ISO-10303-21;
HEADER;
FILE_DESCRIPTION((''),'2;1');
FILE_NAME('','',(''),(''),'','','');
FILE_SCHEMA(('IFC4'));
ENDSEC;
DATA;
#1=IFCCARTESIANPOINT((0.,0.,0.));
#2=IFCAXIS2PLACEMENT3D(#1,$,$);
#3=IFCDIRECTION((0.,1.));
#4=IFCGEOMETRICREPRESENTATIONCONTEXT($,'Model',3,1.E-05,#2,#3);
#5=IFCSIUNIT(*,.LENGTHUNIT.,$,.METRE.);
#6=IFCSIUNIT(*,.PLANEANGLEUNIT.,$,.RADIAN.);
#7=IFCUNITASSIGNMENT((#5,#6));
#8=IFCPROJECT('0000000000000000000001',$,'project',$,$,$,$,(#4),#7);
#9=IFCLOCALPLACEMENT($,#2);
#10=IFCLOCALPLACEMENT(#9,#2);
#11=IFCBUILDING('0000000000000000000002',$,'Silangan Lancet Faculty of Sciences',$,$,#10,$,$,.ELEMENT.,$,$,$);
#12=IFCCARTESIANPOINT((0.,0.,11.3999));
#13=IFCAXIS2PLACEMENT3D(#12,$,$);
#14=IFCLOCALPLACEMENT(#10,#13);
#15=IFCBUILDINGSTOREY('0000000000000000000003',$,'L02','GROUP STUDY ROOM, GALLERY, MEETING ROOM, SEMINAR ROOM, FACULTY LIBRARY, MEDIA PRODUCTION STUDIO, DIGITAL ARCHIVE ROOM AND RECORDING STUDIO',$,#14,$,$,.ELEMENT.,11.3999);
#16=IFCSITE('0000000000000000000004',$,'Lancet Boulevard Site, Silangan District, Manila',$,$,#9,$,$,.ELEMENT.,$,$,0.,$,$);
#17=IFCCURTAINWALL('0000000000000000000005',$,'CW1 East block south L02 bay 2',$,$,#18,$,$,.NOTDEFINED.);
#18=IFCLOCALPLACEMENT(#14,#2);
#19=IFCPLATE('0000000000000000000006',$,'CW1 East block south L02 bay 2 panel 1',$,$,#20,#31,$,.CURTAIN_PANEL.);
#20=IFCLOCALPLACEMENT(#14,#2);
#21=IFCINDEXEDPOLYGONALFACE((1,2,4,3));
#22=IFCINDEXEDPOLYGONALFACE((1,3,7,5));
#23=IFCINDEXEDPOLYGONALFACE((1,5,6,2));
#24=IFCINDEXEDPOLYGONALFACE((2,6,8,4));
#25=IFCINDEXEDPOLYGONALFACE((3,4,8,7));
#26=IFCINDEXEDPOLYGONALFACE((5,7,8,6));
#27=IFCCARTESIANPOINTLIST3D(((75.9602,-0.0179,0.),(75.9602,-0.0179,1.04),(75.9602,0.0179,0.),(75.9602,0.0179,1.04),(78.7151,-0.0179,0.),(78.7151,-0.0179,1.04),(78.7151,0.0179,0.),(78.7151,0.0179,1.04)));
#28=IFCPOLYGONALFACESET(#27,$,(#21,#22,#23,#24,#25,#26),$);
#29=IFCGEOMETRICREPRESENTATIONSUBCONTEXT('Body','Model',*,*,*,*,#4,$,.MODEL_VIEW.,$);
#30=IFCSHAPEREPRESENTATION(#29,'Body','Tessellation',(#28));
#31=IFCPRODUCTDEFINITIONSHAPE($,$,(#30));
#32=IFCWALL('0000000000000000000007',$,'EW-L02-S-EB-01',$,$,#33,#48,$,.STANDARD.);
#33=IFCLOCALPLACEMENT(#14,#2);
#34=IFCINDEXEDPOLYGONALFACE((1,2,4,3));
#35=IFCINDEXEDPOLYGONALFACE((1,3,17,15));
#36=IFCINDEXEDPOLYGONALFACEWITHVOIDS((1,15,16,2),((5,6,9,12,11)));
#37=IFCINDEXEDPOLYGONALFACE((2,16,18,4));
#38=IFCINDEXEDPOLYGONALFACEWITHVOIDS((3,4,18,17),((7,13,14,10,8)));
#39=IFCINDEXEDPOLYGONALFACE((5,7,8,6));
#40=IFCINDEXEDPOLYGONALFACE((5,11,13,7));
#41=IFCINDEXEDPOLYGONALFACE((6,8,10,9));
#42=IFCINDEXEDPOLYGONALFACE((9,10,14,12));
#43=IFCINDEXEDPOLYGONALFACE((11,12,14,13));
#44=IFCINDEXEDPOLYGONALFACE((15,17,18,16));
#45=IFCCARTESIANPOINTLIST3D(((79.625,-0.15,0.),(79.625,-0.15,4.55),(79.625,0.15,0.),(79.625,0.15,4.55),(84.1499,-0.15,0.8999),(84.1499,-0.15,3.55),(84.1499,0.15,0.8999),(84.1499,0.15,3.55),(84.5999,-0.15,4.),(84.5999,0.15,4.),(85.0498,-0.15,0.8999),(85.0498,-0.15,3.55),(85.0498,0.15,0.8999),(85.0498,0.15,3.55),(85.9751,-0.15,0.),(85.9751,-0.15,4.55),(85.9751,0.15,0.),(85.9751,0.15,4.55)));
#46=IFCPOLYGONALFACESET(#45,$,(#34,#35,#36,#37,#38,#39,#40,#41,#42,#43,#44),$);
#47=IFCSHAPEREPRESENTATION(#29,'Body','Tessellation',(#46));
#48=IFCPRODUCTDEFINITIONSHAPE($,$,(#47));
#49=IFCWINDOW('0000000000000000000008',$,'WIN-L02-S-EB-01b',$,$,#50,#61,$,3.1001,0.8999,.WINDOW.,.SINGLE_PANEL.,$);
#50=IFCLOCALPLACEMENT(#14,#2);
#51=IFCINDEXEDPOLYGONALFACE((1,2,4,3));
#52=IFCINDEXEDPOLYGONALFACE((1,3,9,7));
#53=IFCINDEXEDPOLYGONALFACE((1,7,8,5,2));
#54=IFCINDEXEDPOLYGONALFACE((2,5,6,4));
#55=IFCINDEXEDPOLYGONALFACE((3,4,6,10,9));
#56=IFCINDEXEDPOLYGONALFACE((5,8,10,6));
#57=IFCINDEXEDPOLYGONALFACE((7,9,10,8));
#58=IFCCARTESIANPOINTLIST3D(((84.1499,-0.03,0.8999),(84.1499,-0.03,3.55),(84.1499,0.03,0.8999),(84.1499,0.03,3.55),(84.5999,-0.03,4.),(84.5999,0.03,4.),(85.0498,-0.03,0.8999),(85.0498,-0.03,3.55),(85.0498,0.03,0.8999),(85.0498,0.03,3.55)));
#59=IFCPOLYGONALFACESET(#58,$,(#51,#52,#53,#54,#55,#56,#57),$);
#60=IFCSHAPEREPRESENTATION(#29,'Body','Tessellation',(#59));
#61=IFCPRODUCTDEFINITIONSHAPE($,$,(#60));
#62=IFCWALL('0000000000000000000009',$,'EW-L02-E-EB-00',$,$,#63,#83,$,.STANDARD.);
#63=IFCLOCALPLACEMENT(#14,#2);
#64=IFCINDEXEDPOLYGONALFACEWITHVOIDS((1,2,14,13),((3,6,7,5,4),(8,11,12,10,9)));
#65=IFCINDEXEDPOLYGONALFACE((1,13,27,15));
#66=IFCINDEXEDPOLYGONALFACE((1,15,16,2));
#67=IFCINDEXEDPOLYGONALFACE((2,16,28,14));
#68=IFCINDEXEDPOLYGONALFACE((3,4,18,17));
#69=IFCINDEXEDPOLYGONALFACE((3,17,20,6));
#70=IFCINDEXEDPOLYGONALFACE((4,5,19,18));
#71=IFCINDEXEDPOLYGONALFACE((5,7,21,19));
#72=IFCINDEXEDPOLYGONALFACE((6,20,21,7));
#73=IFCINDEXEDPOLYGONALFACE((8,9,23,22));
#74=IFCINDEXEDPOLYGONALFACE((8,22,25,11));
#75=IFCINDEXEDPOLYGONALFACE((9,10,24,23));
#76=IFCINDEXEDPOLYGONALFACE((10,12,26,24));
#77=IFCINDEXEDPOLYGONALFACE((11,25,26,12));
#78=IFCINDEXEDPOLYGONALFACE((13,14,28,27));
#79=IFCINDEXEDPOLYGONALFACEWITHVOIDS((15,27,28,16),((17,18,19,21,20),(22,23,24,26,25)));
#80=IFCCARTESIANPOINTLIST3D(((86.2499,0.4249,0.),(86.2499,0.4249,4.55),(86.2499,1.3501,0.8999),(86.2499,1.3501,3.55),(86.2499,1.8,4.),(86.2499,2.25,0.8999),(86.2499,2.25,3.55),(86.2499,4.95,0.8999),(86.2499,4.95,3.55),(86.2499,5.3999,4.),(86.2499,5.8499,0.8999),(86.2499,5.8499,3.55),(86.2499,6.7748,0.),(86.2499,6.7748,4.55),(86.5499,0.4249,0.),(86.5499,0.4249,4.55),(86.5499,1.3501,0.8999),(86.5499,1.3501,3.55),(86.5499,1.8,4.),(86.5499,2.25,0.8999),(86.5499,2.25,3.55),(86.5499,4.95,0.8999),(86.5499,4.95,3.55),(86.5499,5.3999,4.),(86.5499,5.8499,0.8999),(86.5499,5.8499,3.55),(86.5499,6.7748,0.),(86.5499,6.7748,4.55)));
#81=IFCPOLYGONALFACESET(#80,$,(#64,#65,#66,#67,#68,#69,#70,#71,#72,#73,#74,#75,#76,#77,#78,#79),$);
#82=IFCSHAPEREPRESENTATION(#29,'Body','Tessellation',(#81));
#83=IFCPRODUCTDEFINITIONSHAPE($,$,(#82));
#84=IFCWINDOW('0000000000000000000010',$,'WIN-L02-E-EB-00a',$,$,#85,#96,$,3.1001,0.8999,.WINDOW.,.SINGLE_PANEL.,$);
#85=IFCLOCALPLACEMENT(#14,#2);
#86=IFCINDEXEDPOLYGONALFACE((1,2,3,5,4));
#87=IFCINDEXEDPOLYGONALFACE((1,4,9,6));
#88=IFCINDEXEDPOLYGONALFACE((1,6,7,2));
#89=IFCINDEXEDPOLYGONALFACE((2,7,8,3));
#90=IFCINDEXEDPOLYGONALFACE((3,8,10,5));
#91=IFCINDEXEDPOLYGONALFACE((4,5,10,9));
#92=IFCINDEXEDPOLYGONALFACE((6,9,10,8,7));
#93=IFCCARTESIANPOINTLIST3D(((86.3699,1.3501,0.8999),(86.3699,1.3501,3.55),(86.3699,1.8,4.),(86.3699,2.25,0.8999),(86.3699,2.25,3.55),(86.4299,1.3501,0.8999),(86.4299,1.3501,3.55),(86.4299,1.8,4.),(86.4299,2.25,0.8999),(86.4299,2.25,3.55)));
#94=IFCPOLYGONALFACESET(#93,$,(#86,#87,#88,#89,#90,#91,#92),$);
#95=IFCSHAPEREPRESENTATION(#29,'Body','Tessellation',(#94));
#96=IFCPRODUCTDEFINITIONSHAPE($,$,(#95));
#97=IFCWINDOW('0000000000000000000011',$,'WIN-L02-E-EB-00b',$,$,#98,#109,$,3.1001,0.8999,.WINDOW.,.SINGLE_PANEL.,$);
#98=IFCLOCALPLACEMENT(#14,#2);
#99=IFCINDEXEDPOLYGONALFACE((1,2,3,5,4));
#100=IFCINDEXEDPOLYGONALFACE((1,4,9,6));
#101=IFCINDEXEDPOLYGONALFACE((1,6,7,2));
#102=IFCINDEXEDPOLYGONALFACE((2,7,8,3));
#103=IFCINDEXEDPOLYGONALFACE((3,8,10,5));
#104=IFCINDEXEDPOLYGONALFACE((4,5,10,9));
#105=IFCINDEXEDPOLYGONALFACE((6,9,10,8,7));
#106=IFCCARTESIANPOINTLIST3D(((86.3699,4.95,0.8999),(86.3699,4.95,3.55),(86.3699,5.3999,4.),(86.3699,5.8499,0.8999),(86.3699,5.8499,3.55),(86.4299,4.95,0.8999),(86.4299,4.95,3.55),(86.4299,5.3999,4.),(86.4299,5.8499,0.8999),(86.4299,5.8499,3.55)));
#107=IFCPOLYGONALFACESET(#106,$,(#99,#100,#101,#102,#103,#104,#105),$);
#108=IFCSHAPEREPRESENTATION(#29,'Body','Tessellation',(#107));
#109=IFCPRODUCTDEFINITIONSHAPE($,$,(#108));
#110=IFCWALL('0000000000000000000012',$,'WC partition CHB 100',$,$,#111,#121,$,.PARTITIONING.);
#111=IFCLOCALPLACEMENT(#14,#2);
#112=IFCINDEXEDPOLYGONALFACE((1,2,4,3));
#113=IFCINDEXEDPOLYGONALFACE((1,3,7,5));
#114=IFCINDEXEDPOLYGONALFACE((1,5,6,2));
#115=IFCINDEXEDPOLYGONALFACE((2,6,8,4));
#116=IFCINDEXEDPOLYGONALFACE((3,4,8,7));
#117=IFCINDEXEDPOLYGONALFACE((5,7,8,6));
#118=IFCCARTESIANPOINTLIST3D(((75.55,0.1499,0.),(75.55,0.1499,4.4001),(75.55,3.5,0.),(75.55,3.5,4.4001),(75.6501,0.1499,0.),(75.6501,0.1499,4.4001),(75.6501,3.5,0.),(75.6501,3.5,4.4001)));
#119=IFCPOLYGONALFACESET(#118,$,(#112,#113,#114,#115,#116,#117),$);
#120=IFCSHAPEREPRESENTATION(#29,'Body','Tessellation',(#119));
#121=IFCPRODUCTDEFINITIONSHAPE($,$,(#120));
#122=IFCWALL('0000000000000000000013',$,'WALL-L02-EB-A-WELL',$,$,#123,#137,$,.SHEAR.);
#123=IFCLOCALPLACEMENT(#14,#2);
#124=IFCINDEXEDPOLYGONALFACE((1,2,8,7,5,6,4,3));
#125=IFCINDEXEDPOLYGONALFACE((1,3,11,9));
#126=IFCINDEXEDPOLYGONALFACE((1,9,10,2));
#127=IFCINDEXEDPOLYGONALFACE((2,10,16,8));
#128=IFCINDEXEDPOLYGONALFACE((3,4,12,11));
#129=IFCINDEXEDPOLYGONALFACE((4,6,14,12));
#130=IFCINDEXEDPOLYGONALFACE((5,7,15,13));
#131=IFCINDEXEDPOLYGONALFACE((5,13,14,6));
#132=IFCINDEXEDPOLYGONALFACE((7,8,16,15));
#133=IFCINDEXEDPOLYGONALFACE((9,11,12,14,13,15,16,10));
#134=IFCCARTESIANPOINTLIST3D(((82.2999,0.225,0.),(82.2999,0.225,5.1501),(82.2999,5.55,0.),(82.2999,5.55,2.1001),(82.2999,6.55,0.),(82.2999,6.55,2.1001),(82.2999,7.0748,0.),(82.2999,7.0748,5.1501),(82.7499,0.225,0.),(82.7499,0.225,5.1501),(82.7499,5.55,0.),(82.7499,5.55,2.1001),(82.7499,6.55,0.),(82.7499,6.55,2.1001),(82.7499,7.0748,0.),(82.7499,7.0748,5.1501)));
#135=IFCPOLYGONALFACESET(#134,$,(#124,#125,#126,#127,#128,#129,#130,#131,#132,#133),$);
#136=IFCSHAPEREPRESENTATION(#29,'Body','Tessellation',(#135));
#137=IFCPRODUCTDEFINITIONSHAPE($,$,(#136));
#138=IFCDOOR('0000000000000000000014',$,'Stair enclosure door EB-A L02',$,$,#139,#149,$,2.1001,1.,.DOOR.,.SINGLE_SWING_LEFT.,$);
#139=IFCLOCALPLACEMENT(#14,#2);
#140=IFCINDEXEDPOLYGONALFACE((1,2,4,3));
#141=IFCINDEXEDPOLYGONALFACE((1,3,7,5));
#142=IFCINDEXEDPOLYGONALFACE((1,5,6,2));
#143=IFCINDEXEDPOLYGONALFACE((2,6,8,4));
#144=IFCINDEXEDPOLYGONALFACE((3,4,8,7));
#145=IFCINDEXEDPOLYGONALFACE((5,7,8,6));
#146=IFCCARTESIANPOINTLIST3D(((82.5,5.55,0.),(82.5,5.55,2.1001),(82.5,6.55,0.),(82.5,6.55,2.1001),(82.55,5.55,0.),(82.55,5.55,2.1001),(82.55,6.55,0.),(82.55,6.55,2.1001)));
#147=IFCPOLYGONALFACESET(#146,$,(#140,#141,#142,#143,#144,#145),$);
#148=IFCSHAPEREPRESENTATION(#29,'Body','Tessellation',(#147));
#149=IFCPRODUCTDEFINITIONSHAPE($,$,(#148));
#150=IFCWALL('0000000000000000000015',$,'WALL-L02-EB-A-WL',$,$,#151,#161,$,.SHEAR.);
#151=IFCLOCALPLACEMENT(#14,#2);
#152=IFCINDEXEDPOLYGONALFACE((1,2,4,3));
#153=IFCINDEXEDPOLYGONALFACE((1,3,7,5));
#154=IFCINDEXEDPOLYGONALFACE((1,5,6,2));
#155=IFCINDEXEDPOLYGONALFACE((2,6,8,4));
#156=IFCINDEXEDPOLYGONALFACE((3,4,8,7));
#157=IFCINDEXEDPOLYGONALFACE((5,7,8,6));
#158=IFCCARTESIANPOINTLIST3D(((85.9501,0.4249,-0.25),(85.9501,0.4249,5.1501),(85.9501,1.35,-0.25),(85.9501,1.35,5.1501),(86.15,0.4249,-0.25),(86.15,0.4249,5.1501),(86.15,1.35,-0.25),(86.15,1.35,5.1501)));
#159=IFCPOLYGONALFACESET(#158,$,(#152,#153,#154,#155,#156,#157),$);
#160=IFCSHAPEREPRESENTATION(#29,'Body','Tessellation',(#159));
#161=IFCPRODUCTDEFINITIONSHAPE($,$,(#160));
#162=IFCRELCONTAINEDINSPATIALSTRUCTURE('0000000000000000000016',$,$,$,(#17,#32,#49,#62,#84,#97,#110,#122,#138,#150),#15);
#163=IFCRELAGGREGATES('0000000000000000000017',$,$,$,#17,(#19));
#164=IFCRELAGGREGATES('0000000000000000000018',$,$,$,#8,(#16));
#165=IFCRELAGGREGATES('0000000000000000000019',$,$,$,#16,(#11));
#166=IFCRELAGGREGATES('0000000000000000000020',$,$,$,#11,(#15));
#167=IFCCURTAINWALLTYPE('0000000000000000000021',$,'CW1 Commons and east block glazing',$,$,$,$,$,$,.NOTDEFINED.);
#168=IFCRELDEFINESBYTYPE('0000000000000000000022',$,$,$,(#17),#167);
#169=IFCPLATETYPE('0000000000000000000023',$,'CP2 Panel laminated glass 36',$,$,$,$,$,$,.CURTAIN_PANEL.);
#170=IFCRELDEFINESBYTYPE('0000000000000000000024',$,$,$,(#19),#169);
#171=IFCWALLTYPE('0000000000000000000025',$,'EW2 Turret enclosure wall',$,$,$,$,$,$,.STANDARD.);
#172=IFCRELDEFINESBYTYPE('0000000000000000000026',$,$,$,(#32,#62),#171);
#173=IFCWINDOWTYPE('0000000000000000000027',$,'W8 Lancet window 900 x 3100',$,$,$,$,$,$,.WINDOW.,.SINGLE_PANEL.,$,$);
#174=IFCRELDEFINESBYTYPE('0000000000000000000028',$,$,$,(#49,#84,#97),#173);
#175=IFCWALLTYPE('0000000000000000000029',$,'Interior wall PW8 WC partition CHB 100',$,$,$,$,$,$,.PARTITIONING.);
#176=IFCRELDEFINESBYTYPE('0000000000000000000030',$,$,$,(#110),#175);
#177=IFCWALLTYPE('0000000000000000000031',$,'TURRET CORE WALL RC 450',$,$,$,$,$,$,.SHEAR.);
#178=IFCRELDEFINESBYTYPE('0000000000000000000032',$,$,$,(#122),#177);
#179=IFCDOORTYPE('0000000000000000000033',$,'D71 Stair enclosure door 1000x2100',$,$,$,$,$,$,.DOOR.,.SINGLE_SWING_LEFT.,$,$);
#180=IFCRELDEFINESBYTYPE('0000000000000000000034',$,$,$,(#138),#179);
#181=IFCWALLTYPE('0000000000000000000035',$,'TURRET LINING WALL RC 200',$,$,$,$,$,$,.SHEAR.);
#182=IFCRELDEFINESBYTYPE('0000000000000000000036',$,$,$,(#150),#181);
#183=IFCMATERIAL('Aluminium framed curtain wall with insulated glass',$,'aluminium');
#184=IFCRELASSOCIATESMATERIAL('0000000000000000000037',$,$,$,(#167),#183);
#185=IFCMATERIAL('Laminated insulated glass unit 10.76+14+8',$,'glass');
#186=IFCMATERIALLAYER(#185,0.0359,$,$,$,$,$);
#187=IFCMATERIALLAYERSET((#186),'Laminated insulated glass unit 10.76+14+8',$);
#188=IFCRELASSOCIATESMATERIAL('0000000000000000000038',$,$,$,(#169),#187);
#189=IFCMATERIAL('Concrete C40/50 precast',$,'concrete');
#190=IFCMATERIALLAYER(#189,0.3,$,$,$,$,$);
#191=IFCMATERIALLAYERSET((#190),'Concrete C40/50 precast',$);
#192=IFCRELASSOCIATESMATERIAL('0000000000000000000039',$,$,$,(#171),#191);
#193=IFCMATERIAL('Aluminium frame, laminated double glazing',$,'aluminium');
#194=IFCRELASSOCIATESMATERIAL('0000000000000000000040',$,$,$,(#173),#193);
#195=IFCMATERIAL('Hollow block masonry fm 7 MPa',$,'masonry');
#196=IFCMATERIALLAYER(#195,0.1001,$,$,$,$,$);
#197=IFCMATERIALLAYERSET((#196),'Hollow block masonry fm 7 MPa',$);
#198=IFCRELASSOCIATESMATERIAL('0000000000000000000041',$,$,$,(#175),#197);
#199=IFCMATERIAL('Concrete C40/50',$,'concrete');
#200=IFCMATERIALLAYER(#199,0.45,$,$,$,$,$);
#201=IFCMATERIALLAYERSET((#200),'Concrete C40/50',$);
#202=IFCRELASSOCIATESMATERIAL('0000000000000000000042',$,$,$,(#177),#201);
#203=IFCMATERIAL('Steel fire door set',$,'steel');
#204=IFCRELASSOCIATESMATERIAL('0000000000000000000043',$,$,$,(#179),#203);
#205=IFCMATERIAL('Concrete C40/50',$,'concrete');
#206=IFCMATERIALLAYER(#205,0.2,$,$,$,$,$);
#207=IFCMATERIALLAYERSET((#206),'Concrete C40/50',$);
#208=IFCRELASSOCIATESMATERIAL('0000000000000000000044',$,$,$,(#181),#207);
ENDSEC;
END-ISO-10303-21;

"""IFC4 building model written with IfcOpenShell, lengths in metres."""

from ifc_helpers import new_model, si_unit, direction, frame, frame_2d, origin, origin_2d, place, context, subcontext, project, spatial, polyline, rectangle, outline, extrude, material, layer, layer_set, type_object, element, fill, aggregate, save


model = new_model("IFC4")

# Units and contexts
model_context = context("Model", 3, precision=1e-05, world=origin(), true_north=direction((0.0, 1.0)))
body_context = subcontext(model_context, "Body", "Model", "MODEL_VIEW")
ifc_project = project(units=[si_unit("LENGTHUNIT", "METRE"), si_unit("PLANEANGLEUNIT", "RADIAN")], contexts=[model_context])

# Site, building, storey
site_placement = place(None, origin())
site = spatial("IfcSite", under=ifc_project, at=site_placement, Name="Lancet Boulevard Site, Silangan District, Manila", CompositionType="ELEMENT", RefElevation=0.0)
building_placement = place(site_placement, origin())
building = spatial("IfcBuilding", under=site, at=building_placement, Name="Silangan Lancet Faculty of Sciences", CompositionType="ELEMENT")
storey_placement = place(building_placement, frame((0.0, 0.0, 11.3999)))
storey = spatial("IfcBuildingStorey", under=building, at=storey_placement, Name="L02", Description="GROUP STUDY ROOM, GALLERY, MEETING ROOM, SEMINAR ROOM, FACULTY LIBRARY, MEDIA PRODUCTION STUDIO, DIGITAL ARCHIVE ROOM AND RECORDING STUDIO", CompositionType="ELEMENT", Elevation=11.3999)

# Shared definitions
ifc_material_1 = material(Name="Aluminium framed curtain wall with insulated glass", Category="aluminium")
curtain_wall_type = type_object("IfcCurtainWallType", Name="CW1 Commons and east block glazing", PredefinedType="NOTDEFINED", material=ifc_material_1)

# Curtain wall, plate
curtain_wall_1_placement = place(storey_placement, origin())
curtain_wall_1 = element("IfcCurtainWall", 1, at=curtain_wall_1_placement, inside=storey, type_object=curtain_wall_type, Name="CW1 East block south L02 bay 2", PredefinedType="NOTDEFINED")
ifc_material_2 = material(Name="Laminated insulated glass unit 10.76+14+8", Category="glass")
ifc_layer_1 = layer(ifc_material_2, 0.0359)
ifc_layer_set_1 = layer_set([ifc_layer_1], Name="Laminated insulated glass unit 10.76+14+8")
plate_type_1 = type_object("IfcPlateType", Name="CP2 Panel laminated glass 36", PredefinedType="CURTAIN_PANEL", material=ifc_layer_set_1)
plate_1_placement = place(storey_placement, frame((77.3376, 0.0, 0.0), z_axis=(0.0, 0.0, 1.0), x_axis=(1.0, 0.0, 0.0)))
plate_1 = element("IfcPlate", 2, at=plate_1_placement, type_object=plate_type_1, Name="CW1 East block south L02 bay 2 panel 1", PredefinedType="CURTAIN_PANEL", context=body_context, shape_type="SweptSolid", body=[
    extrude(rectangle(XDim=2.7549, YDim=0.0359, at=origin_2d()), origin(), (0.0, 0.0, 1.0), 1.04),
])
aggregate(curtain_wall_1, [plate_1])

# Wall, opening, window
ifc_material_3 = material(Name="Concrete C40/50 precast", Category="concrete")
ifc_layer_2 = layer(ifc_material_3, 0.3)
ifc_layer_set_2 = layer_set([ifc_layer_2], Name="Concrete C40/50 precast")
wall_type_1 = type_object("IfcWallType", Name="EW2 Turret enclosure wall", PredefinedType="STANDARD", material=ifc_layer_set_2)
wall_1_placement = place(storey_placement, frame((79.625, 0.0, 0.0), z_axis=(0.0, 0.0, 1.0), x_axis=(1.0, 0.0, 0.0)))
wall_1 = element("IfcWall", 3, at=wall_1_placement, inside=storey, type_object=wall_type_1, Name="EW-L02-S-EB-01", PredefinedType="STANDARD", context=body_context, shape_type="SweptSolid", body=[
    extrude(rectangle(XDim=6.3501, YDim=0.3, at=frame_2d((3.175, 0.0))), origin(), (0.0, 0.0, 1.0), 4.55),
])
opening_1_placement = place(wall_1_placement, frame((4.5249, 0.0, 0.8999)))
opening_1 = element("IfcOpeningElement", 4, at=opening_1_placement, cuts=wall_1, PredefinedType="OPENING", context=body_context, shape_type="SweptSolid", body=[
    extrude(outline(polyline([(0.0, 0.0), (0.8999, 0.0), (0.8999, 2.6501), (0.45, 3.1001), (0.0, 2.6501), (0.0, 0.0)])), frame((0.0, 0.1599, 0.0), z_axis=(0.0, -1.0, 0.0), x_axis=(1.0, 0.0, 0.0)), (0.0, 0.0, 1.0), 0.3201),
])
ifc_material_4 = material(Name="Aluminium frame, laminated double glazing", Category="aluminium")
window_type = type_object("IfcWindowType", Name="W8 Lancet window 900 x 3100", PartitioningType="SINGLE_PANEL", PredefinedType="WINDOW", material=ifc_material_4)
window_1_placement = place(opening_1_placement, origin())
window_1 = element("IfcWindow", 5, at=window_1_placement, inside=storey, type_object=window_type, Name="WIN-L02-S-EB-01b", OverallHeight=3.1001, OverallWidth=0.8999, PartitioningType="SINGLE_PANEL", PredefinedType="WINDOW", context=body_context, shape_type="SweptSolid", body=[
    extrude(outline(polyline([(0.0, 0.0), (0.8999, 0.0), (0.8999, 2.6501), (0.45, 3.1001), (0.0, 2.6501), (0.0, 0.0)])), frame((0.0, 0.03, 0.0), z_axis=(0.0, -1.0, 0.0), x_axis=(1.0, 0.0, 0.0)), (0.0, 0.0, 1.0), 0.0601),
])
fill(opening_1, window_1)

# Wall, openings, windows
wall_2_placement = place(storey_placement, frame((86.3999, 0.425, 0.0), z_axis=(0.0, 0.0, 1.0), x_axis=(0.0, 1.0, 0.0)))
wall_2 = element("IfcWall", 6, at=wall_2_placement, inside=storey, type_object=wall_type_1, Name="EW-L02-E-EB-00", PredefinedType="STANDARD", context=body_context, shape_type="SweptSolid", body=[
    extrude(rectangle(XDim=6.3499, YDim=0.3, at=frame_2d((3.1748, 0.0))), origin(), (0.0, 0.0, 1.0), 4.55),
])
opening_2_placement = place(wall_2_placement, frame((0.925, 0.0, 0.8999)))
opening_2 = element("IfcOpeningElement", 7, at=opening_2_placement, cuts=wall_2, PredefinedType="OPENING", context=body_context, shape_type="SweptSolid", body=[
    extrude(outline(polyline([(0.0, 0.0), (0.8999, 0.0), (0.8999, 2.6501), (0.45, 3.1001), (0.0, 2.6501), (0.0, 0.0)])), frame((0.0, 0.1599, 0.0), z_axis=(0.0, -1.0, 0.0), x_axis=(1.0, 0.0, 0.0)), (0.0, 0.0, 1.0), 0.3201),
])
opening_3_placement = place(wall_2_placement, frame((4.5249, 0.0, 0.8999)))
opening_3 = element("IfcOpeningElement", 8, at=opening_3_placement, cuts=wall_2, PredefinedType="OPENING", context=body_context, shape_type="SweptSolid", body=[
    extrude(outline(polyline([(0.0, 0.0), (0.8999, 0.0), (0.8999, 2.6501), (0.45, 3.1001), (0.0, 2.6501), (0.0, 0.0)])), frame((0.0, 0.1599, 0.0), z_axis=(0.0, -1.0, 0.0), x_axis=(1.0, 0.0, 0.0)), (0.0, 0.0, 1.0), 0.3201),
])
window_2_placement = place(opening_2_placement, origin())
window_2 = element("IfcWindow", 9, at=window_2_placement, inside=storey, type_object=window_type, Name="WIN-L02-E-EB-00a", OverallHeight=3.1001, OverallWidth=0.8999, PartitioningType="SINGLE_PANEL", PredefinedType="WINDOW", context=body_context, shape_type="SweptSolid", body=[
    extrude(outline(polyline([(0.0, 0.0), (0.8999, 0.0), (0.8999, 2.6501), (0.45, 3.1001), (0.0, 2.6501), (0.0, 0.0)])), frame((0.0, 0.03, 0.0), z_axis=(0.0, -1.0, 0.0), x_axis=(1.0, 0.0, 0.0)), (0.0, 0.0, 1.0), 0.0601),
])
fill(opening_2, window_2)
window_3_placement = place(opening_3_placement, origin())
window_3 = element("IfcWindow", 10, at=window_3_placement, inside=storey, type_object=window_type, Name="WIN-L02-E-EB-00b", OverallHeight=3.1001, OverallWidth=0.8999, PartitioningType="SINGLE_PANEL", PredefinedType="WINDOW", context=body_context, shape_type="SweptSolid", body=[
    extrude(outline(polyline([(0.0, 0.0), (0.8999, 0.0), (0.8999, 2.6501), (0.45, 3.1001), (0.0, 2.6501), (0.0, 0.0)])), frame((0.0, 0.03, 0.0), z_axis=(0.0, -1.0, 0.0), x_axis=(1.0, 0.0, 0.0)), (0.0, 0.0, 1.0), 0.0601),
])
fill(opening_3, window_3)

# Wall
ifc_material_5 = material(Name="Hollow block masonry fm 7 MPa", Category="masonry")
ifc_layer_3 = layer(ifc_material_5, 0.1001)
ifc_layer_set_3 = layer_set([ifc_layer_3], Name="Hollow block masonry fm 7 MPa")
wall_type_2 = type_object("IfcWallType", Name="Interior wall PW8 WC partition CHB 100", PredefinedType="PARTITIONING", material=ifc_layer_set_3)
wall_3_placement = place(storey_placement, frame((75.6001, 0.1499, 0.0), z_axis=(0.0, 0.0, 1.0), x_axis=(0.0, 1.0, 0.0)))
element("IfcWall", 11, at=wall_3_placement, inside=storey, type_object=wall_type_2, Name="WC partition CHB 100", PredefinedType="PARTITIONING", context=body_context, shape_type="SweptSolid", body=[
    extrude(rectangle(XDim=3.3501, YDim=0.1001, at=frame_2d((1.675, 0.0))), origin(), (0.0, 0.0, 1.0), 4.4001),
])

# Wall, opening, door
ifc_material_6 = material(Name="Concrete C40/50", Category="concrete")
ifc_layer_4 = layer(ifc_material_6, 0.45)
ifc_layer_set_4 = layer_set([ifc_layer_4], Name="Concrete C40/50")
wall_type_3 = type_object("IfcWallType", Name="TURRET CORE WALL RC 450", PredefinedType="SHEAR", material=ifc_layer_set_4)
wall_4_placement = place(storey_placement, frame((82.5249, 0.2251, 0.0), z_axis=(0.0, 0.0, 1.0), x_axis=(0.0, 1.0, 0.0)))
wall_4 = element("IfcWall", 12, at=wall_4_placement, inside=storey, type_object=wall_type_3, Name="WALL-L02-EB-A-WELL", PredefinedType="SHEAR", context=body_context, shape_type="SweptSolid", body=[
    extrude(rectangle(XDim=6.8499, YDim=0.45, at=frame_2d((3.4248, 0.0))), origin(), (0.0, 0.0, 1.0), 5.1501),
])
opening_4_placement = place(wall_4_placement, frame((5.325, 0.0, 0.0)))
opening_4 = element("IfcOpeningElement", 13, at=opening_4_placement, cuts=wall_4, PredefinedType="OPENING", context=body_context, shape_type="SweptSolid", body=[
    extrude(rectangle(XDim=1.0, YDim=2.1001, at=frame_2d((0.5, 1.05))), frame((0.0, 0.2349, 0.0), z_axis=(0.0, -1.0, 0.0), x_axis=(1.0, 0.0, 0.0)), (0.0, 0.0, 1.0), 0.47),
])
ifc_material_7 = material(Name="Steel fire door set", Category="steel")
door_type_1 = type_object("IfcDoorType", Name="D71 Stair enclosure door 1000x2100", OperationType="SINGLE_SWING_LEFT", PredefinedType="DOOR", material=ifc_material_7)
door_1_placement = place(opening_4_placement, frame((1.0, 0.0, 0.0), z_axis=(0.0, 0.0, 1.0), x_axis=(-1.0, 0.0, 0.0)))
door_1 = element("IfcDoor", 14, at=door_1_placement, inside=storey, type_object=door_type_1, Name="Stair enclosure door EB-A L02", OperationType="SINGLE_SWING_LEFT", OverallHeight=2.1001, OverallWidth=1.0, PredefinedType="DOOR", context=body_context, shape_type="SweptSolid", body=[
    extrude(rectangle(XDim=1.0, YDim=2.1001, at=frame_2d((0.5, 1.05))), frame((0.0, 0.0251, 0.0), z_axis=(0.0, -1.0, 0.0), x_axis=(1.0, 0.0, 0.0)), (0.0, 0.0, 1.0), 0.05),
])
fill(opening_4, door_1)

# Wall
ifc_material_8 = material(Name="Concrete C40/50", Category="concrete")
ifc_layer_5 = layer(ifc_material_8, 0.2)
ifc_layer_set_5 = layer_set([ifc_layer_5], Name="Concrete C40/50")
wall_type_4 = type_object("IfcWallType", Name="TURRET LINING WALL RC 200", PredefinedType="SHEAR", material=ifc_layer_set_5)
wall_5_placement = place(storey_placement, frame((86.05, 0.425, -0.25), z_axis=(0.0, 0.0, 1.0), x_axis=(0.0, 1.0, 0.0)))
element("IfcWall", 15, at=wall_5_placement, inside=storey, type_object=wall_type_4, Name="WALL-L02-EB-A-WL", PredefinedType="SHEAR", context=body_context, shape_type="SweptSolid", body=[
    extrude(rectangle(XDim=0.925, YDim=0.2, at=frame_2d((0.4624, 0.0))), origin(), (0.0, 0.0, 1.0), 5.4001),
])

save(model, "model.ifc")
